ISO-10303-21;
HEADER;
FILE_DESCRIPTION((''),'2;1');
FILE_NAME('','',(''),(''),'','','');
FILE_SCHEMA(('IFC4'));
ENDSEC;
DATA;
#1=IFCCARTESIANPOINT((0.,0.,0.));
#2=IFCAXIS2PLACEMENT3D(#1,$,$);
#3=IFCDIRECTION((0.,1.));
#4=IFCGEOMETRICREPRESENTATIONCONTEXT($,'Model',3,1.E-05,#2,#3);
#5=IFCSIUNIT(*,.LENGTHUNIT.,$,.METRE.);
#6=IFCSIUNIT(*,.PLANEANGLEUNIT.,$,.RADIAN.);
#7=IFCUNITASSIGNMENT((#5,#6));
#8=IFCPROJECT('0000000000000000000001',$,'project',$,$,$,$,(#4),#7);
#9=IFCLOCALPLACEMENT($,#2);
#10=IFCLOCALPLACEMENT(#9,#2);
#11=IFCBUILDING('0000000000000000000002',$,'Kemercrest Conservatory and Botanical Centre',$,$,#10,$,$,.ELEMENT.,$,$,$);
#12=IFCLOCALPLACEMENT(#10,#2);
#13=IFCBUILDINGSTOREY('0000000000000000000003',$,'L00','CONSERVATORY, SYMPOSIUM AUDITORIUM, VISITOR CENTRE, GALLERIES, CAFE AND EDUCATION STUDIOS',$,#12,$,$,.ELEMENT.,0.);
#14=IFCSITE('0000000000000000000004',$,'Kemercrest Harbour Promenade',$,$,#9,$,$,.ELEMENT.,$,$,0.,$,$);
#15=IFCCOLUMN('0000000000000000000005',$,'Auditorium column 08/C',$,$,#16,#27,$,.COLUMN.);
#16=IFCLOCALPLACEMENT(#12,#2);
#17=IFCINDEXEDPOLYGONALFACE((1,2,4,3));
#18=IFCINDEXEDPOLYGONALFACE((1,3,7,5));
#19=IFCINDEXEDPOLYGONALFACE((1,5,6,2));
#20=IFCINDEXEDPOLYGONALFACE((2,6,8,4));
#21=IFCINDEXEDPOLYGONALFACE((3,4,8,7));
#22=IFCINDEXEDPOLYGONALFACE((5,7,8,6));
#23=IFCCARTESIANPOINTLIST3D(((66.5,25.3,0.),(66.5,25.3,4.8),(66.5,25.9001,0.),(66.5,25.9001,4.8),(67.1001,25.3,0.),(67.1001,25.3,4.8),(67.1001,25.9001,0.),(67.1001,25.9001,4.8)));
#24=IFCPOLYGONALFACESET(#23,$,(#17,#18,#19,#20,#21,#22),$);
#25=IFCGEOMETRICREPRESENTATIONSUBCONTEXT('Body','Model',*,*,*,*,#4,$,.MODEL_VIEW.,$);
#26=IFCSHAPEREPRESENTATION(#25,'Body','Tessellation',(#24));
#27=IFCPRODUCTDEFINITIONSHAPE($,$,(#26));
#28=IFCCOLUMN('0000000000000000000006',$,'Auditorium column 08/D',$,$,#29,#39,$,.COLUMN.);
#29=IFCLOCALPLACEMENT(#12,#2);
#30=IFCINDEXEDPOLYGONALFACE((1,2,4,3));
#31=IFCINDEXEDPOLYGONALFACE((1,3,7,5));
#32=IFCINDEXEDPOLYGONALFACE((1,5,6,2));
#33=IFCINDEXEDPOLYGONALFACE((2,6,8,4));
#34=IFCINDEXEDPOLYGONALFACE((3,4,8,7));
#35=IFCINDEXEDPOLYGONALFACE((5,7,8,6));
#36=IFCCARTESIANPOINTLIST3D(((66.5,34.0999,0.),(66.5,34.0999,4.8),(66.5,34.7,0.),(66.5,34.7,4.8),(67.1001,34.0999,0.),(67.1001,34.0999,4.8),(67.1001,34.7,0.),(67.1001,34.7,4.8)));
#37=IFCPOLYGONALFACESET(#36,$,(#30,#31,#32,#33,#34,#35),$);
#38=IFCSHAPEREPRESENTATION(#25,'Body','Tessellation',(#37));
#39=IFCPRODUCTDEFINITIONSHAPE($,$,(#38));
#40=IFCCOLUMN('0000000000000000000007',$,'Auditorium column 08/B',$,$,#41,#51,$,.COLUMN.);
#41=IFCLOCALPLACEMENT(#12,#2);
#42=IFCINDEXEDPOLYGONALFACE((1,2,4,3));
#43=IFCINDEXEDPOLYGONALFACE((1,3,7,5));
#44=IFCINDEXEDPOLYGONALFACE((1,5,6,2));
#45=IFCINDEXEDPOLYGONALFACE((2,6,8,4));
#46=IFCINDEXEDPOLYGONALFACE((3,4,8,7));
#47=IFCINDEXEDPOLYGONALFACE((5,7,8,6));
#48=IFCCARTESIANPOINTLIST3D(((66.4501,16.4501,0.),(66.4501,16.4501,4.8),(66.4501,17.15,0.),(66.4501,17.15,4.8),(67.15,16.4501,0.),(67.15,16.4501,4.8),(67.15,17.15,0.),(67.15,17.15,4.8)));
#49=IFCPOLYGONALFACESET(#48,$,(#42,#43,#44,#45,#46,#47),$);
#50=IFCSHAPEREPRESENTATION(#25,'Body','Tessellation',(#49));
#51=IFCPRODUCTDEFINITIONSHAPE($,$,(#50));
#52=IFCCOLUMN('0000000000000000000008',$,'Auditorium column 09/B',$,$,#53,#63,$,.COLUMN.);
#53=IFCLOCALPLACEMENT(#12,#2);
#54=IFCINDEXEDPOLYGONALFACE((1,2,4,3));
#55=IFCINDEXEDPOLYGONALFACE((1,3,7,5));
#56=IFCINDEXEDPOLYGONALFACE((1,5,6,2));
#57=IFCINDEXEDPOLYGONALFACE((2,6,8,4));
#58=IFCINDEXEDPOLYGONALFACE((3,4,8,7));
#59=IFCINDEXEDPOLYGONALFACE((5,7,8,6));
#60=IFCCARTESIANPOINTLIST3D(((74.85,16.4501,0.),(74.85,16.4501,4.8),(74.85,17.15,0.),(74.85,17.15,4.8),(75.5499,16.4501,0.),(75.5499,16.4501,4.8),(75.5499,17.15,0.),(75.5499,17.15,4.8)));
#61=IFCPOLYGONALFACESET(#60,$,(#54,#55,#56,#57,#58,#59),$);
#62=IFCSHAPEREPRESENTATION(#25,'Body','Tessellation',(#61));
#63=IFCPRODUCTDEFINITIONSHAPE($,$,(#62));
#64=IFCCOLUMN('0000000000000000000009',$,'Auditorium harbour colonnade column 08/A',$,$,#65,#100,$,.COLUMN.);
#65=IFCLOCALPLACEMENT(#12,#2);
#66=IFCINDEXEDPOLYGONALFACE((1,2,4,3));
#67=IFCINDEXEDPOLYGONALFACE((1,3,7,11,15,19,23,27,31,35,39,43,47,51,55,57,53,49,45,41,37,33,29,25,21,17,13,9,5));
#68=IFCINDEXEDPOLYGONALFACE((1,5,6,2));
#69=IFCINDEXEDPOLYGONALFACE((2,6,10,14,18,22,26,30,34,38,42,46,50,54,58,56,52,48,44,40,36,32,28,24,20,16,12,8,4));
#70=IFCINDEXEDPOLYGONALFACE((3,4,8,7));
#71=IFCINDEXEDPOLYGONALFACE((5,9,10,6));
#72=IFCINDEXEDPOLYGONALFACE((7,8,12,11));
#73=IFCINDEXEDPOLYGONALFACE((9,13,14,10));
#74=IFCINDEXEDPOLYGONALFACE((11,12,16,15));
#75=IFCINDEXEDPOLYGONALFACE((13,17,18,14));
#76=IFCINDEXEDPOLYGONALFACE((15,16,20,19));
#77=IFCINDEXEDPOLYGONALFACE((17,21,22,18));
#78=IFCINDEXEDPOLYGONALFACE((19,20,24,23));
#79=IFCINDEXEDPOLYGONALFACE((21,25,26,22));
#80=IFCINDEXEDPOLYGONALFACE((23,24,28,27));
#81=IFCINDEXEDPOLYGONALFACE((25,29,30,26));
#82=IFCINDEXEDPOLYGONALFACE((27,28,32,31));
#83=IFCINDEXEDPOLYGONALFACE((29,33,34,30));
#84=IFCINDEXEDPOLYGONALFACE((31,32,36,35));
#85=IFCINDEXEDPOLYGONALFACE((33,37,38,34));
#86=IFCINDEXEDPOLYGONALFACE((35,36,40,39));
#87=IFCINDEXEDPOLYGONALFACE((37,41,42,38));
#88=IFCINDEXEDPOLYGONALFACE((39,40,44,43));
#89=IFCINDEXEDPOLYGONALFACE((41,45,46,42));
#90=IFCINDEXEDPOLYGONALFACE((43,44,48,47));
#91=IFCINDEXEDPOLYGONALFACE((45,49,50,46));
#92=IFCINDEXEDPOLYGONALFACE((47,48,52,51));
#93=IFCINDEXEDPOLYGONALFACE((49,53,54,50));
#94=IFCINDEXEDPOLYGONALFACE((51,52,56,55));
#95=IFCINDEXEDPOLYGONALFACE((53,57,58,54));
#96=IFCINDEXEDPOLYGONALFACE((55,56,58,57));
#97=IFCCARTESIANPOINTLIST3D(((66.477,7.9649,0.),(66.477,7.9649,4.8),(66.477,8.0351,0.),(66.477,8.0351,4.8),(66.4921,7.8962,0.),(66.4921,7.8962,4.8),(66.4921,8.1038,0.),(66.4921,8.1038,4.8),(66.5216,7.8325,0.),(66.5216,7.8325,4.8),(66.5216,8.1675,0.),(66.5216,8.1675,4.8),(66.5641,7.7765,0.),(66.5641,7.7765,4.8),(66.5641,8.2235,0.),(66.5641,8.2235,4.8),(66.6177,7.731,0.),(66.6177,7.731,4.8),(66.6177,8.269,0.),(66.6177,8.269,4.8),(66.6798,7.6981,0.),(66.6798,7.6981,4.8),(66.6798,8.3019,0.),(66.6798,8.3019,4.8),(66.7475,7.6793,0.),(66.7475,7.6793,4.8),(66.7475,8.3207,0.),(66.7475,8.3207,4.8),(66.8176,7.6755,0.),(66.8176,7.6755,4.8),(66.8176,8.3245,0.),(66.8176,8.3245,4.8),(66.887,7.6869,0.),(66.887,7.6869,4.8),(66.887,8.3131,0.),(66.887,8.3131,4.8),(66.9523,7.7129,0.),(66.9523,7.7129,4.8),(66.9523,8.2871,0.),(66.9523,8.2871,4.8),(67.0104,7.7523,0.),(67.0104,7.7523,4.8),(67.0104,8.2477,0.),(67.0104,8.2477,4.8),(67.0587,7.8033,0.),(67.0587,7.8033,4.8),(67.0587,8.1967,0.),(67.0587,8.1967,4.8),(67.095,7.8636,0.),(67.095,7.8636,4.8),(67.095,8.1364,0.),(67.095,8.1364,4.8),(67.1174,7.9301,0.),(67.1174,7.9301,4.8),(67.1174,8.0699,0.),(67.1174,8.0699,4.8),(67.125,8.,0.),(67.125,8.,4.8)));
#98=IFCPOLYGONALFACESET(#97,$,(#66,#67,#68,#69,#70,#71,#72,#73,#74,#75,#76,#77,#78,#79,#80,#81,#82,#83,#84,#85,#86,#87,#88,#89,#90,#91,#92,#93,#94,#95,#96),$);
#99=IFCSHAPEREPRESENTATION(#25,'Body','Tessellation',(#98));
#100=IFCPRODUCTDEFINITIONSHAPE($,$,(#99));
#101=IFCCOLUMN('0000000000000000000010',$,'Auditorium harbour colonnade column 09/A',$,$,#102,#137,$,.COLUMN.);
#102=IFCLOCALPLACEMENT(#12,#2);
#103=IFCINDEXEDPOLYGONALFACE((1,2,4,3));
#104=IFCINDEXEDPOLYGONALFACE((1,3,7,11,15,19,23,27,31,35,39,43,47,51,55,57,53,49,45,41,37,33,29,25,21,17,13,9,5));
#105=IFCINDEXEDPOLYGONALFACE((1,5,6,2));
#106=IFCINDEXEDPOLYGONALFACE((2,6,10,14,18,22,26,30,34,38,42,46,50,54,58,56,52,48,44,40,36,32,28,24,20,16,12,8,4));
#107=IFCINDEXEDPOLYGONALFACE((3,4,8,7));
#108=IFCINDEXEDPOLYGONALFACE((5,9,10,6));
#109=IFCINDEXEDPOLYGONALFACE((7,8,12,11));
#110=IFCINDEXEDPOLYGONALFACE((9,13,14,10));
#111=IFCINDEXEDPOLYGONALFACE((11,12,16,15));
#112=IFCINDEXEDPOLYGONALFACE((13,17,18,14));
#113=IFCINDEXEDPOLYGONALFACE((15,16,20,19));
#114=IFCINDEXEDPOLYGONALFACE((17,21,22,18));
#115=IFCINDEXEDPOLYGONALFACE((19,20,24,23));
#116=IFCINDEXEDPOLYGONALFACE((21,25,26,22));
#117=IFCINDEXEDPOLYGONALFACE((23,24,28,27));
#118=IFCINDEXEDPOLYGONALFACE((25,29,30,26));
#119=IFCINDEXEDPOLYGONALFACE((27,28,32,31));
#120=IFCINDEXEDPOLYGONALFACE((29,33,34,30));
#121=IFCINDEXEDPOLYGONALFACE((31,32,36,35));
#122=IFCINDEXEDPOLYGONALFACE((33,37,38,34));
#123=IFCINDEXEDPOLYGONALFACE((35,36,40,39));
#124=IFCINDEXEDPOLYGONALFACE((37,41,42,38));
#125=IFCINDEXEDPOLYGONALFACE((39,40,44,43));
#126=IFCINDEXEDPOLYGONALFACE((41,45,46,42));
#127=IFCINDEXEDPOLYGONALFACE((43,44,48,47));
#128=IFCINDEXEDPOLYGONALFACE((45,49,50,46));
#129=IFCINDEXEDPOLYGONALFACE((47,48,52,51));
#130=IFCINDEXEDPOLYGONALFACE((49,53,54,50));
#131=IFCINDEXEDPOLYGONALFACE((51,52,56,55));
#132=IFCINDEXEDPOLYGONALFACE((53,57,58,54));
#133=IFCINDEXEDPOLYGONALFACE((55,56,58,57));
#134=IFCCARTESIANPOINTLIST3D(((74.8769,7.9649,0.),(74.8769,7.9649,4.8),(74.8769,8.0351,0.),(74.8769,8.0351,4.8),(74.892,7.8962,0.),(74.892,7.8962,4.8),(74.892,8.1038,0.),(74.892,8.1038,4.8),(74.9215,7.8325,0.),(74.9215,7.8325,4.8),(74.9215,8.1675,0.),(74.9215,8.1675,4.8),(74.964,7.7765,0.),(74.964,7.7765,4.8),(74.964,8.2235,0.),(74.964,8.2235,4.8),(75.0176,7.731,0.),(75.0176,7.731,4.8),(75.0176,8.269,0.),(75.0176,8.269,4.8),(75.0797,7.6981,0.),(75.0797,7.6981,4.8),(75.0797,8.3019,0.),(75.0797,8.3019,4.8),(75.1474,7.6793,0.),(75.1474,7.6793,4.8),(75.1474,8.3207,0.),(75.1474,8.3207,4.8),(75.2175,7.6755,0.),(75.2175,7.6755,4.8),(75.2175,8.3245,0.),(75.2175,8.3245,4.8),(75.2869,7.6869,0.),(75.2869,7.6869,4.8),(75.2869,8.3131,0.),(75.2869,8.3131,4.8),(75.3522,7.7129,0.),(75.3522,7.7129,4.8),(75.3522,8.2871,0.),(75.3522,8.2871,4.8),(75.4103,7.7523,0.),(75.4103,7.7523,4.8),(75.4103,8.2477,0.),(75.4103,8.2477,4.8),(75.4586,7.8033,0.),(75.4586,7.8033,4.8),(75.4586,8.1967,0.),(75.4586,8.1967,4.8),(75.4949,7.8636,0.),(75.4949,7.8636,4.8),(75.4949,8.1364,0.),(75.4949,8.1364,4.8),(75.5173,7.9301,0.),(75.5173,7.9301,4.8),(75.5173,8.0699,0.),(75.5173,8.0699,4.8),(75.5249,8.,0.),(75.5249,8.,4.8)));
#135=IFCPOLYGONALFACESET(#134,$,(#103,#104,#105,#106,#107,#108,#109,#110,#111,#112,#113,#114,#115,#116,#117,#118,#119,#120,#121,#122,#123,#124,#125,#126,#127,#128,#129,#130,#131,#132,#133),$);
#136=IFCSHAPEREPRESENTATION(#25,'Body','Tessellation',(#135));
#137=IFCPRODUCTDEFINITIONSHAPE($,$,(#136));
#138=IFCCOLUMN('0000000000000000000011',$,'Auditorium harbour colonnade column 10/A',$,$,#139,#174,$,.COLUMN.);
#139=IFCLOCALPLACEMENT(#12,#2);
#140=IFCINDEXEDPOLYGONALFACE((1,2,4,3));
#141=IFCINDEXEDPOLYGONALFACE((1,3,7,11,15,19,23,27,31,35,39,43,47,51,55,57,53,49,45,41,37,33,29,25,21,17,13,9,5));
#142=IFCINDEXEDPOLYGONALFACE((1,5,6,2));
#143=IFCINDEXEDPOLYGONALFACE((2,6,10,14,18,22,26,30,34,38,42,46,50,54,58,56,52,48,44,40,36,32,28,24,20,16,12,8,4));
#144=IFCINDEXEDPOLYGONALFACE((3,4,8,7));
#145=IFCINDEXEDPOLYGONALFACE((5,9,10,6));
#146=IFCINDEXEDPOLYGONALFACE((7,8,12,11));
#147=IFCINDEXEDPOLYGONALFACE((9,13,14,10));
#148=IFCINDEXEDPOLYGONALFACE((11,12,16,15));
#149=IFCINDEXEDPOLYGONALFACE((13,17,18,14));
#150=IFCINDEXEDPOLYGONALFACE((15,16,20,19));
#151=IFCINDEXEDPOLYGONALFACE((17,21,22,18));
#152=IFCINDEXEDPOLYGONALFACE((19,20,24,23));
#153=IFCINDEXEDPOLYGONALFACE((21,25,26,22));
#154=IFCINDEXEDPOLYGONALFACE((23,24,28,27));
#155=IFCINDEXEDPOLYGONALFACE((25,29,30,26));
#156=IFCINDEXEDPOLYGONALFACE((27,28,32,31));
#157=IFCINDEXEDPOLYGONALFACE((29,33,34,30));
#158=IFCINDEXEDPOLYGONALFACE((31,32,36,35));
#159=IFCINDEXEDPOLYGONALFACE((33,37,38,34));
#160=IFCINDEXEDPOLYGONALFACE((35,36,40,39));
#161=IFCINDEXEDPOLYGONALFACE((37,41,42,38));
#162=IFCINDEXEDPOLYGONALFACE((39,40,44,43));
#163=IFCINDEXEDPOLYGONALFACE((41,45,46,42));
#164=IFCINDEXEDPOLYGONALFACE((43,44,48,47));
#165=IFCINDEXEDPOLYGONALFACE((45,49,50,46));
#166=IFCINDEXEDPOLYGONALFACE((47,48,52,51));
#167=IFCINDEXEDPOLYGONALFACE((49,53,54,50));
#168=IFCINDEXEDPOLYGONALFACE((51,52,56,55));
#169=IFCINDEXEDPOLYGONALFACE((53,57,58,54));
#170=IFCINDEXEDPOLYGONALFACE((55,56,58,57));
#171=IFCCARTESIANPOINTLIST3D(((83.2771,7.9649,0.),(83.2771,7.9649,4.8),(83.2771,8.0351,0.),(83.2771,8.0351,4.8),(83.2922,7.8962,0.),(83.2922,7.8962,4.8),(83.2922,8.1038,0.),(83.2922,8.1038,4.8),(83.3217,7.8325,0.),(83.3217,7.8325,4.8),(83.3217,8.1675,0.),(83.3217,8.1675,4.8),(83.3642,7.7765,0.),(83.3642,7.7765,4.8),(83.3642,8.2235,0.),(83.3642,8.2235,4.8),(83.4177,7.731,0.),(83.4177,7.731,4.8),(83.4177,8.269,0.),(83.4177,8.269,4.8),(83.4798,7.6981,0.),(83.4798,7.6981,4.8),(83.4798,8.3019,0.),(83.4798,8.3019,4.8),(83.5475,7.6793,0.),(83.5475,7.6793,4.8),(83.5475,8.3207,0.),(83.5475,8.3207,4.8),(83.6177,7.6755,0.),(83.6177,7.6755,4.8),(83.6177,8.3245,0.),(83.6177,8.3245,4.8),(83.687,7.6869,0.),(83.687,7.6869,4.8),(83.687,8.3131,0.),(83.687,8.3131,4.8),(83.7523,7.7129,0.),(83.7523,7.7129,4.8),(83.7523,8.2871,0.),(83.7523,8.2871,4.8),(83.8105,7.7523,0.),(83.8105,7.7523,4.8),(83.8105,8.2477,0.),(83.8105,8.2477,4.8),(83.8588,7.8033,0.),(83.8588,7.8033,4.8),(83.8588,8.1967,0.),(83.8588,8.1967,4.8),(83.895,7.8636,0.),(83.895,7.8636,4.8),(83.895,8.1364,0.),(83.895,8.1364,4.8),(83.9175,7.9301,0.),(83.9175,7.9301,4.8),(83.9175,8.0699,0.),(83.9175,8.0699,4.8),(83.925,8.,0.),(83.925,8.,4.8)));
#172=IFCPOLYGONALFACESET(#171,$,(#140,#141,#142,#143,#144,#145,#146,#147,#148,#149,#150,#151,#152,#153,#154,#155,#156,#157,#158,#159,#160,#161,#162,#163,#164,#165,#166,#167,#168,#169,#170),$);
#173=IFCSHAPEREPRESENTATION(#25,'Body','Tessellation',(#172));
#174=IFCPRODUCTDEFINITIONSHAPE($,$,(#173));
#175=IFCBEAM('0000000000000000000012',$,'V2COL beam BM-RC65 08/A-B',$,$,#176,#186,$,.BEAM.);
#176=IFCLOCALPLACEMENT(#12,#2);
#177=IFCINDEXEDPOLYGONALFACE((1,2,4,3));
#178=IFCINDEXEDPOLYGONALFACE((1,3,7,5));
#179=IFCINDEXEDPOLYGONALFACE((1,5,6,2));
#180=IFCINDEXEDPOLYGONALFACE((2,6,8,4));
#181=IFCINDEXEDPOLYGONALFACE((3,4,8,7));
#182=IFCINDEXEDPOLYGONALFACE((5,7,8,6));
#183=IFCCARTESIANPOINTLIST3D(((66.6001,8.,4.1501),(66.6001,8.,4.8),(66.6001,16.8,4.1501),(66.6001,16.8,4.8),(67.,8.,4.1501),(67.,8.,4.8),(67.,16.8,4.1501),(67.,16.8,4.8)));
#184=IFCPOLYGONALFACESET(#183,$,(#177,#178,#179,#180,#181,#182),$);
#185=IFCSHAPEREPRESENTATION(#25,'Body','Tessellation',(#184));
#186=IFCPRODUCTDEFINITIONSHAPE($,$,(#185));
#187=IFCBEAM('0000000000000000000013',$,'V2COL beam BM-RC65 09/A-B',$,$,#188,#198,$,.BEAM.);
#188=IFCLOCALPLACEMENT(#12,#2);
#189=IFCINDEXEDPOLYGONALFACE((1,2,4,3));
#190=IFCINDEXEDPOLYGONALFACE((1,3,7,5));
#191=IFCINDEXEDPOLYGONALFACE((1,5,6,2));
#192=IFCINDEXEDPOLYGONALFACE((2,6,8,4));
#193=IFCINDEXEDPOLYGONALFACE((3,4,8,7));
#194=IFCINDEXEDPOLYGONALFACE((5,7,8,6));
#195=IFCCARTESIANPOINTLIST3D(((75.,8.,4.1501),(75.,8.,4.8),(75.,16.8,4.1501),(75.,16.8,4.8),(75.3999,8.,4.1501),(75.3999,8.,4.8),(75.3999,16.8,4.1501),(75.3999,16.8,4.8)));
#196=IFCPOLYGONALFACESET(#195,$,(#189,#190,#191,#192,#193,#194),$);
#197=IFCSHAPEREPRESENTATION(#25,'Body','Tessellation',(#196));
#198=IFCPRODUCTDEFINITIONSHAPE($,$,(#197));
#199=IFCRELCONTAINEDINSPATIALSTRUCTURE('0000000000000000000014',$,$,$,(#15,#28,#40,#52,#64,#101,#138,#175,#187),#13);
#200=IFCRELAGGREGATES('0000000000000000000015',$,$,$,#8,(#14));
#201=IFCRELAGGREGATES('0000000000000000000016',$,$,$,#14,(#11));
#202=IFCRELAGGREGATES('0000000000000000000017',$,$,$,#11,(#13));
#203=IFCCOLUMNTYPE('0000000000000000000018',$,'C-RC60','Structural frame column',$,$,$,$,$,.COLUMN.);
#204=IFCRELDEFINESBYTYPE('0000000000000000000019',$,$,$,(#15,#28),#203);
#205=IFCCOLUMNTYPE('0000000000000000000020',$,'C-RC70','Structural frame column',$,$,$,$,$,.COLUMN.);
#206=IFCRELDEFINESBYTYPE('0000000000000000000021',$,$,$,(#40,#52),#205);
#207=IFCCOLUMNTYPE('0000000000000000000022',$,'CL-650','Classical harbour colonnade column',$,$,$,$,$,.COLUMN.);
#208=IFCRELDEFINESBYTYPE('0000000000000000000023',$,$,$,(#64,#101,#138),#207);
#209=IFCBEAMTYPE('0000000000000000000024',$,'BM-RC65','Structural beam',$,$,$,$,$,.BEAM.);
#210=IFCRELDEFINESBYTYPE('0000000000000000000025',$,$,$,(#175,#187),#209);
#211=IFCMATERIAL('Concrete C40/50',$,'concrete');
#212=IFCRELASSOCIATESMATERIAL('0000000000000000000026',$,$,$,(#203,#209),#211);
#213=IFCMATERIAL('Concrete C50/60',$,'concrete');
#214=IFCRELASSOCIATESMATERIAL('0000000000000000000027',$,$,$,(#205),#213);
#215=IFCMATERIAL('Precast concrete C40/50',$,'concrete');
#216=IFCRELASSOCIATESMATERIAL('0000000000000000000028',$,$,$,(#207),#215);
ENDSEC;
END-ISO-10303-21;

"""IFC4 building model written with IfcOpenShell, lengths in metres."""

from ifc_helpers import new_model, si_unit, direction, frame, origin, origin_2d, place, context, subcontext, project, spatial, rectangle, circle, extrude, material, material_profile, profile_set, type_object, element, save


model = new_model("IFC4")

# Units and contexts
model_context = context("Model", 3, precision=1e-05, world=origin(), true_north=direction((0.0, 1.0)))
body_context = subcontext(model_context, "Body", "Model", "MODEL_VIEW")
ifc_project = project(units=[si_unit("LENGTHUNIT", "METRE"), si_unit("PLANEANGLEUNIT", "RADIAN")], contexts=[model_context])

# Site, building, storey
site_placement = place(None, origin())
site = spatial("IfcSite", under=ifc_project, at=site_placement, Name="Kemercrest Harbour Promenade", CompositionType="ELEMENT", RefElevation=0.0)
building_placement = place(site_placement, origin())
building = spatial("IfcBuilding", under=site, at=building_placement, Name="Kemercrest Conservatory and Botanical Centre", CompositionType="ELEMENT")
storey_placement = place(building_placement, origin())
storey = spatial("IfcBuildingStorey", under=building, at=storey_placement, Name="L00", Description="CONSERVATORY, SYMPOSIUM AUDITORIUM, VISITOR CENTRE, GALLERIES, CAFE AND EDUCATION STUDIOS", CompositionType="ELEMENT", Elevation=0.0)

# Columns
ifc_material_1 = material(Name="Concrete C40/50", Category="concrete")
ifc_material_profile_1 = material_profile(ifc_material_1, rectangle(XDim=0.6001, YDim=0.6001, at=origin_2d()), Name="RC 600x600")
ifc_profile_set_1 = profile_set([ifc_material_profile_1], Name="Concrete C40/50")
column_type_1 = type_object("IfcColumnType", Name="C-RC60", Description="Structural frame column", PredefinedType="COLUMN", material=ifc_profile_set_1)
for number, where, z_axis, x_axis, name in (
    (1, (66.8, 25.6001, 0.0), (0.0, 0.0, 1.0), (1.0, 0.0, 0.0), "Auditorium column 08/C"),
    (2, (66.8, 34.3999, 0.0), (0.0, 0.0, 1.0), (1.0, 0.0, 0.0), "Auditorium column 08/D"),
):
    element("IfcColumn", number, at=place(storey_placement, frame(where, z_axis=z_axis, x_axis=x_axis)), inside=storey, type_object=column_type_1, Name=name, PredefinedType="COLUMN", context=body_context, shape_type="SweptSolid", body=[
        extrude(rectangle(XDim=0.6001, YDim=0.6001, at=origin_2d()), origin(), (0.0, 0.0, 1.0), 4.8),
    ])
ifc_material_2 = material(Name="Concrete C50/60", Category="concrete")
ifc_material_profile_2 = material_profile(ifc_material_2, rectangle(XDim=0.7, YDim=0.7, at=origin_2d()), Name="RC 700x700")
ifc_profile_set_2 = profile_set([ifc_material_profile_2], Name="Concrete C50/60")
column_type_2 = type_object("IfcColumnType", Name="C-RC70", Description="Structural frame column", PredefinedType="COLUMN", material=ifc_profile_set_2)
for number, where, z_axis, x_axis, name in (
    (3, (66.8, 16.8, 0.0), (0.0, 0.0, 1.0), (1.0, 0.0, 0.0), "Auditorium column 08/B"),
    (4, (75.2, 16.8, 0.0), (0.0, 0.0, 1.0), (1.0, 0.0, 0.0), "Auditorium column 09/B"),
):
    element("IfcColumn", number, at=place(storey_placement, frame(where, z_axis=z_axis, x_axis=x_axis)), inside=storey, type_object=column_type_2, Name=name, PredefinedType="COLUMN", context=body_context, shape_type="SweptSolid", body=[
        extrude(rectangle(XDim=0.7, YDim=0.7, at=origin_2d()), origin(), (0.0, 0.0, 1.0), 4.8),
    ])
ifc_material_3 = material(Name="Precast concrete C40/50", Category="concrete")
ifc_material_profile_3 = material_profile(ifc_material_3, circle(Radius=0.325, at=origin_2d()), Name="COLONNADE D650")
ifc_profile_set_3 = profile_set([ifc_material_profile_3], Name="Precast concrete C40/50")
column_type_3 = type_object("IfcColumnType", Name="CL-650", Description="Classical harbour colonnade column", PredefinedType="COLUMN", material=ifc_profile_set_3)
for number, where, z_axis, x_axis, name in (
    (5, (66.8, 8.0, 0.0), (0.0, 0.0, 1.0), (1.0, 0.0, 0.0), "Auditorium harbour colonnade column 08/A"),
    (6, (75.2, 8.0, 0.0), (0.0, 0.0, 1.0), (1.0, 0.0, 0.0), "Auditorium harbour colonnade column 09/A"),
    (7, (83.6001, 8.0, 0.0), (0.0, 0.0, 1.0), (1.0, 0.0, 0.0), "Auditorium harbour colonnade column 10/A"),
):
    element("IfcColumn", number, at=place(storey_placement, frame(where, z_axis=z_axis, x_axis=x_axis)), inside=storey, type_object=column_type_3, Name=name, PredefinedType="COLUMN", context=body_context, shape_type="SweptSolid", body=[
        extrude(circle(Radius=0.325, at=origin_2d()), origin(), (0.0, 0.0, 1.0), 4.8),
    ])

# Beams
ifc_material_profile_4 = material_profile(ifc_material_1, rectangle(XDim=0.3999, YDim=0.6499, at=origin_2d()), Name="RC 400x650")
ifc_profile_set_4 = profile_set([ifc_material_profile_4], Name="Concrete C40/50")
beam_type_1 = type_object("IfcBeamType", Name="BM-RC65", Description="Structural beam", PredefinedType="BEAM", material=ifc_profile_set_4)
for number, where, z_axis, x_axis, name in (
    (8, (66.8, 8.0, 4.4751), (0.0, 1.0, 0.0), (-1.0, 0.0, 0.0), "V2COL beam BM-RC65 08/A-B"),
    (9, (75.2, 8.0, 4.4751), (0.0, 1.0, 0.0), (-1.0, 0.0, 0.0), "V2COL beam BM-RC65 09/A-B"),
):
    element("IfcBeam", number, at=place(storey_placement, frame(where, z_axis=z_axis, x_axis=x_axis)), inside=storey, type_object=beam_type_1, Name=name, PredefinedType="BEAM", context=body_context, shape_type="SweptSolid", body=[
        extrude(rectangle(XDim=0.3999, YDim=0.6499, at=origin_2d()), origin(), (0.0, 0.0, 1.0), 8.8),
    ])

save(model, "model.ifc")
